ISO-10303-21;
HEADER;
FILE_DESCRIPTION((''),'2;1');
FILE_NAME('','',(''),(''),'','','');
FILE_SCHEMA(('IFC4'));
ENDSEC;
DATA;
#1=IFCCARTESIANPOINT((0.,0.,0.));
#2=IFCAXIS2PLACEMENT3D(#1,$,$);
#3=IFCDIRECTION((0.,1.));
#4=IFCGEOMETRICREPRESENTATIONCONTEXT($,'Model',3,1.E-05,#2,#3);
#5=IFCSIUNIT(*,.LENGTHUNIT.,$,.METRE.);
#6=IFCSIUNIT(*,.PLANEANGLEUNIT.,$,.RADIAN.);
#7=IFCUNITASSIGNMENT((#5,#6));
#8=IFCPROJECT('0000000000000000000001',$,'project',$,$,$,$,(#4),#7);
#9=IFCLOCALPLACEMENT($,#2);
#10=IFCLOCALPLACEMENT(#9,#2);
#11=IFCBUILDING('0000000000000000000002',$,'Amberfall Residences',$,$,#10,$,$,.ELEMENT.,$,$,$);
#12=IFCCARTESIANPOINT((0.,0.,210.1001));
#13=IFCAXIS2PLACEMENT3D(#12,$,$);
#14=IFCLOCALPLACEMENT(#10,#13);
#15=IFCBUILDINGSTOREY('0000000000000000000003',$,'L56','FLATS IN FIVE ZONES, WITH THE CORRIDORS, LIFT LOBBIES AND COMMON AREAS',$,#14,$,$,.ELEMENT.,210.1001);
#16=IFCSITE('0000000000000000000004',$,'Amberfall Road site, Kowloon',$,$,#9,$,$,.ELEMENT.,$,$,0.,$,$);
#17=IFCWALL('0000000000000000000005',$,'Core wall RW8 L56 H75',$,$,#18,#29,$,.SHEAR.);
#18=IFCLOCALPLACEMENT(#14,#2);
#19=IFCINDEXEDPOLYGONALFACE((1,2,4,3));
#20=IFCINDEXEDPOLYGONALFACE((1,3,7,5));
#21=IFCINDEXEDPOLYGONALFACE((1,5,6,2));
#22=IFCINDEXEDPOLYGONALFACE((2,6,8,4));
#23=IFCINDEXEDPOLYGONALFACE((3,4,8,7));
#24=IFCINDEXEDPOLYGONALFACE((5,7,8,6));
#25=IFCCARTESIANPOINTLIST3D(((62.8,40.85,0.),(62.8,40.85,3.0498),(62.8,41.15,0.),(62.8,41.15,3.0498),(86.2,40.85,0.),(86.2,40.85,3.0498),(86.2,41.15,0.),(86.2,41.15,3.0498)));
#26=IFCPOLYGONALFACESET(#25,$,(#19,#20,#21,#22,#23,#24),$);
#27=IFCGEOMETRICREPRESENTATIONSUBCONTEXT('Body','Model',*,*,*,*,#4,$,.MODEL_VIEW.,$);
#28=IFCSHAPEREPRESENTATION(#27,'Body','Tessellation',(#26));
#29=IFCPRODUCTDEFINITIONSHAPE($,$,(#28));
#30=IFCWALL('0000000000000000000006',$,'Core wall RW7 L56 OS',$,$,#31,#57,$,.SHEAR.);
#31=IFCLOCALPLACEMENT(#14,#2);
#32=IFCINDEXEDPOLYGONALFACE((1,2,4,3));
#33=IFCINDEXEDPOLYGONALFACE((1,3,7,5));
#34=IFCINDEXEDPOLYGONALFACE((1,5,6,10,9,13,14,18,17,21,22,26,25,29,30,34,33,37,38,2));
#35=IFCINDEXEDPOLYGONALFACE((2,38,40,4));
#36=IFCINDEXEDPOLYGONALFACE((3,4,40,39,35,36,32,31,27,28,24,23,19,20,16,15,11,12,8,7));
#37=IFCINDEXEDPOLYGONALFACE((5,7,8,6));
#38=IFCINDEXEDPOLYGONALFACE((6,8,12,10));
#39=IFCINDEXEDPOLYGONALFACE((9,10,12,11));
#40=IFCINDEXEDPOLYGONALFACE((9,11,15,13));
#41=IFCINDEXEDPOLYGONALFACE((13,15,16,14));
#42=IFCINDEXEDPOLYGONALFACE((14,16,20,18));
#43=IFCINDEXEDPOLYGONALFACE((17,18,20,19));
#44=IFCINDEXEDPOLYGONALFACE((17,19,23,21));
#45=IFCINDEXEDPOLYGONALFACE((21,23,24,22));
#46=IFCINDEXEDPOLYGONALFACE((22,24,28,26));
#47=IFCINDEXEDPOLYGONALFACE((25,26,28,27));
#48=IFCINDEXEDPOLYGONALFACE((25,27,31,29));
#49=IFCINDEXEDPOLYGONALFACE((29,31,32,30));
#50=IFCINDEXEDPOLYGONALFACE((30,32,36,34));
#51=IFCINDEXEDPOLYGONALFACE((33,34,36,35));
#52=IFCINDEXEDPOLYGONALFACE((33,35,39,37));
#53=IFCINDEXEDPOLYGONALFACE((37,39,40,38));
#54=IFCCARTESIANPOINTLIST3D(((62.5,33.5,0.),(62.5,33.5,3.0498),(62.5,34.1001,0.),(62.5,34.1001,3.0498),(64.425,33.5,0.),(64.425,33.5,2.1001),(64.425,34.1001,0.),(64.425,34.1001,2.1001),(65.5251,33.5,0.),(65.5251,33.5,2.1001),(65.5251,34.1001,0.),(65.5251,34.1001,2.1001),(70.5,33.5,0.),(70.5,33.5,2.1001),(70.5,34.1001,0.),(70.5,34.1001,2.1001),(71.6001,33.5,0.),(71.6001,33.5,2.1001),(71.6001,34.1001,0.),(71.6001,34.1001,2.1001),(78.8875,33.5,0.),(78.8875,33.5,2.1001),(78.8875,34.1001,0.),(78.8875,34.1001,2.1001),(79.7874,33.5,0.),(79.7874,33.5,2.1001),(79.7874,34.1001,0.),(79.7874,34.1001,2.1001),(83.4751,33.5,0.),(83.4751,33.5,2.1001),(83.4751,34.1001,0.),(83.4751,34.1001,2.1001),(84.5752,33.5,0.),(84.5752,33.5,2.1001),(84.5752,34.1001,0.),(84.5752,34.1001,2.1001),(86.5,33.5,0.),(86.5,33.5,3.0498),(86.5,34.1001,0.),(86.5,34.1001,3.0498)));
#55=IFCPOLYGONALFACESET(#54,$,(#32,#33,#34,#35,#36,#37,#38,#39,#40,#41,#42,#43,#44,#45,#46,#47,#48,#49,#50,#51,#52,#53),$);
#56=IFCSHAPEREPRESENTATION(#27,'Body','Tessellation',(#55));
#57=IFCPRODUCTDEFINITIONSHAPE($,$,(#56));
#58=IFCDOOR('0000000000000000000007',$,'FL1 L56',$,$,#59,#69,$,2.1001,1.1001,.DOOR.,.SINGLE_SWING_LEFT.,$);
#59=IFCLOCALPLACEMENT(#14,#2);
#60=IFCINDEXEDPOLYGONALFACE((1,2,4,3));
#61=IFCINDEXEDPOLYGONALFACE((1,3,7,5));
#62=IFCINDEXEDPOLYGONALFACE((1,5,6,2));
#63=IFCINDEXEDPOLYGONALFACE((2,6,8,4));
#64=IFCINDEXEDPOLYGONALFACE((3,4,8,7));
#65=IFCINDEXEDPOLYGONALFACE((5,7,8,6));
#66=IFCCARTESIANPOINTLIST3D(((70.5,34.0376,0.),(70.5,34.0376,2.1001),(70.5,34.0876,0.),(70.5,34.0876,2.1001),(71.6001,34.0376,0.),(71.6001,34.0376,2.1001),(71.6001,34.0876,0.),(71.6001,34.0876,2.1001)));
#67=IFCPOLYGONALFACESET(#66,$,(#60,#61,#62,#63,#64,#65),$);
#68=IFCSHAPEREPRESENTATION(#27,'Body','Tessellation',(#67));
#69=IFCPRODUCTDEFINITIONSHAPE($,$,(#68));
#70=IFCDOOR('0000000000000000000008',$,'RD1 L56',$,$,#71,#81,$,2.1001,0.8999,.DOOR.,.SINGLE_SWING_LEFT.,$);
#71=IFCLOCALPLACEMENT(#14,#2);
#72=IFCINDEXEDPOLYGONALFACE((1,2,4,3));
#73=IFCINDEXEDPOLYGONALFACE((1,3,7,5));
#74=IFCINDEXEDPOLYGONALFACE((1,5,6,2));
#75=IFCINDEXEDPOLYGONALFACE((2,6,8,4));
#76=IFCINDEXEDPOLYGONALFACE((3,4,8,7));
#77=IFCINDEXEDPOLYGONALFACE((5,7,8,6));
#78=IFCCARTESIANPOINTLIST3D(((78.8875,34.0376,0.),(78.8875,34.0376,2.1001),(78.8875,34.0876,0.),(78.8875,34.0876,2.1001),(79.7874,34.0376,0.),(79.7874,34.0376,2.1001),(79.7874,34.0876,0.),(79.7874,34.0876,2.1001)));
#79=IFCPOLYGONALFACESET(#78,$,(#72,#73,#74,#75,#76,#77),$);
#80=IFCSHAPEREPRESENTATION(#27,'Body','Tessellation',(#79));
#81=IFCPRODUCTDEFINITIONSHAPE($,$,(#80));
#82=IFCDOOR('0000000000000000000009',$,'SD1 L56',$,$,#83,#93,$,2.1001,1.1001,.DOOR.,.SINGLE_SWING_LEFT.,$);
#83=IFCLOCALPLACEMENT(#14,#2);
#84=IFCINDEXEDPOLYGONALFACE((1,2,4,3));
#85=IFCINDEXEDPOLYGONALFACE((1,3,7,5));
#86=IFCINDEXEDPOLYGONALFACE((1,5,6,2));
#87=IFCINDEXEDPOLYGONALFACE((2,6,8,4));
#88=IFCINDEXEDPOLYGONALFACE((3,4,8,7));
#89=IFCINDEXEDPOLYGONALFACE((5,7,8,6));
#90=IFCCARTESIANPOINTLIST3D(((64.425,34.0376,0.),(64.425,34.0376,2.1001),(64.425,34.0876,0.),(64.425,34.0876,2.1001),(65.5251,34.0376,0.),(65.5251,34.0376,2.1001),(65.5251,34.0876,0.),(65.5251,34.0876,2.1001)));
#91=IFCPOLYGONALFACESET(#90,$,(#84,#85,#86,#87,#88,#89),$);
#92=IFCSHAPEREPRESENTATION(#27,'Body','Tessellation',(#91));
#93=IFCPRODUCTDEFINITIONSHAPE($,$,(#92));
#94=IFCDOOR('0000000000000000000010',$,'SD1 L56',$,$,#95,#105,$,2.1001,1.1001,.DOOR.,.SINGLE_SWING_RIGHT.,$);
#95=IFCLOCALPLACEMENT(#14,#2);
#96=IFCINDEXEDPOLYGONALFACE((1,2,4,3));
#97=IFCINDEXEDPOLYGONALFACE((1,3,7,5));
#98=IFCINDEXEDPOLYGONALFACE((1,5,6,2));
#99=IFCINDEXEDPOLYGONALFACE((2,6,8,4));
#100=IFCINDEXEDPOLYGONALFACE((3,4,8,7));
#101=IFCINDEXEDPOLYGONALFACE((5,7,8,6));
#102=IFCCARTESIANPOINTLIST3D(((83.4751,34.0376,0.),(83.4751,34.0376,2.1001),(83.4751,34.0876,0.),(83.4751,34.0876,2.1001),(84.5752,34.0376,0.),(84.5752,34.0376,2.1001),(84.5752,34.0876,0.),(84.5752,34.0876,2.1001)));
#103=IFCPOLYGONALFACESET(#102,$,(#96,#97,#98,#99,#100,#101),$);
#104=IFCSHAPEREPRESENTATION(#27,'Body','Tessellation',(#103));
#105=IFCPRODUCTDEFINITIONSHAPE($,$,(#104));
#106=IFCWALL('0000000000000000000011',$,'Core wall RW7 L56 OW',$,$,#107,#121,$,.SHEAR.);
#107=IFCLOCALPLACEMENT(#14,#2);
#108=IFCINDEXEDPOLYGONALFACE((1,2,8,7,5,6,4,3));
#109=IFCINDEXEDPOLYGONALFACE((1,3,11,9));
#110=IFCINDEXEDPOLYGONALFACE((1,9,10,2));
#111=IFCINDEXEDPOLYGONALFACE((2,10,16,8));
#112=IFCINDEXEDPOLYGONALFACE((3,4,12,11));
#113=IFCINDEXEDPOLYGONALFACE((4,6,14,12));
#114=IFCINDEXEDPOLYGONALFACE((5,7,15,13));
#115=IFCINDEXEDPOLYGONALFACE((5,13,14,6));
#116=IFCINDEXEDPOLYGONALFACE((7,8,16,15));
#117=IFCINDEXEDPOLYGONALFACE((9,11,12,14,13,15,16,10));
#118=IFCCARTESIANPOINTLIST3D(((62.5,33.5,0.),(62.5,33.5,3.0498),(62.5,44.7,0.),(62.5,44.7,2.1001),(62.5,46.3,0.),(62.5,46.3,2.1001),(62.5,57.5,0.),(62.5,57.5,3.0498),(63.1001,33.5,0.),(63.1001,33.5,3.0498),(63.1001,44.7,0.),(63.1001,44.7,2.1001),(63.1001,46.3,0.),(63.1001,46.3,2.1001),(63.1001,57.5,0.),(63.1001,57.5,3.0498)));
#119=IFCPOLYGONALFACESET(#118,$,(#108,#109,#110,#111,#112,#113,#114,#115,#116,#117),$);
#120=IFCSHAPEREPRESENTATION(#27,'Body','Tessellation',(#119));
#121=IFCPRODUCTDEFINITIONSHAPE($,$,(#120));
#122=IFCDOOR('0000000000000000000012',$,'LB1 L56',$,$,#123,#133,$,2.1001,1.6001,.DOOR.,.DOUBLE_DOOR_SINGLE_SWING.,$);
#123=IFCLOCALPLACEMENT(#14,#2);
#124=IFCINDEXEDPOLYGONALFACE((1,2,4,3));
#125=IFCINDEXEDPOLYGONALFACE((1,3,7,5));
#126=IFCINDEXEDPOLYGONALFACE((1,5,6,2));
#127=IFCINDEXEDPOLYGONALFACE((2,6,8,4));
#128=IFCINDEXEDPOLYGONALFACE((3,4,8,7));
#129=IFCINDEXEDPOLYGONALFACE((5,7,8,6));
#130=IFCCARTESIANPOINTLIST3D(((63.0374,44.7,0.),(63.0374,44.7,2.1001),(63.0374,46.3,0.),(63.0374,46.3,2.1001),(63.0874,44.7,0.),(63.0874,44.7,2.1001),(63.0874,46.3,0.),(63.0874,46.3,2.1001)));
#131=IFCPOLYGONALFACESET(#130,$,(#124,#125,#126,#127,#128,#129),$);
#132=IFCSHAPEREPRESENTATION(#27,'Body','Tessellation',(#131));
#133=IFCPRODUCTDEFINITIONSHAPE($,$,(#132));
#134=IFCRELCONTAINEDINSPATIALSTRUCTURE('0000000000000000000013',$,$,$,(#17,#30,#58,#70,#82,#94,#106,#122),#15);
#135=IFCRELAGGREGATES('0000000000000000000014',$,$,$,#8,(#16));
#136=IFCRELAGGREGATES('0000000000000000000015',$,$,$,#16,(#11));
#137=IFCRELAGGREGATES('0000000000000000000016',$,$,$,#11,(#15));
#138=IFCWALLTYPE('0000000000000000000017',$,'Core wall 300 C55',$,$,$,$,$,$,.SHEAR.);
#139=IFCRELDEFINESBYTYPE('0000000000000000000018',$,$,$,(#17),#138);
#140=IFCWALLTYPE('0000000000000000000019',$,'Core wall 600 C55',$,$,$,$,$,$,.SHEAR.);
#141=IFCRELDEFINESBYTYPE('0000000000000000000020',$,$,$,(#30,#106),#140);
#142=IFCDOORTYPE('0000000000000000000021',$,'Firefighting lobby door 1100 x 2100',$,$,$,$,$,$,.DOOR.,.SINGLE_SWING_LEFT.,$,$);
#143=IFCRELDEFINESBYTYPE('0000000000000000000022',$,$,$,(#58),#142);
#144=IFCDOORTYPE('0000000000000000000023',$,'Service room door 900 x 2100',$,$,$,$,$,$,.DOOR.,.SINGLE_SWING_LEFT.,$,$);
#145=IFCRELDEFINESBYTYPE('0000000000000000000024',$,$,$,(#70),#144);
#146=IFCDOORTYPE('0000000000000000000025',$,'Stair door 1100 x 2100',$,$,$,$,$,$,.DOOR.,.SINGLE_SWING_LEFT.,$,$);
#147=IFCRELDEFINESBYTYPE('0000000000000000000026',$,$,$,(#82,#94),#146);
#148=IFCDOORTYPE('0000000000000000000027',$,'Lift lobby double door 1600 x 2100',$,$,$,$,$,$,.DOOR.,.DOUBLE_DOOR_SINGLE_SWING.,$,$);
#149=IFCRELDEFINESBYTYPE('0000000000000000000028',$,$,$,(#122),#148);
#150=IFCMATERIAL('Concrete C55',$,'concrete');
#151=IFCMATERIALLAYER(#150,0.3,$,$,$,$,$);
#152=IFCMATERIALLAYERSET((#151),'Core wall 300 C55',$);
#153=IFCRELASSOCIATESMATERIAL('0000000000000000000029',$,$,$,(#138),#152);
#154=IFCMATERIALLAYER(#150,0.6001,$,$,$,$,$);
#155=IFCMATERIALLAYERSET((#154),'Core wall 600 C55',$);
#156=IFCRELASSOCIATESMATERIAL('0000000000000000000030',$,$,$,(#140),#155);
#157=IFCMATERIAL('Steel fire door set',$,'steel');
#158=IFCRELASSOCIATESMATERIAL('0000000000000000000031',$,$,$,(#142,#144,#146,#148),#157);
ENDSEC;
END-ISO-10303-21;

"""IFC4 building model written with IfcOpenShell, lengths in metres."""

from ifc_helpers import new_model, si_unit, direction, frame, frame_2d, origin, place, context, subcontext, project, spatial, rectangle, extrude, material, layer, layer_set, type_object, element, fill, save


model = new_model("IFC4")

# Units and contexts
model_context = context("Model", 3, precision=1e-05, world=origin(), true_north=direction((0.0, 1.0)))
body_context = subcontext(model_context, "Body", "Model", "MODEL_VIEW")
ifc_project = project(units=[si_unit("LENGTHUNIT", "METRE"), si_unit("PLANEANGLEUNIT", "RADIAN")], contexts=[model_context])

# Site, building, storey
site_placement = place(None, origin())
site = spatial("IfcSite", under=ifc_project, at=site_placement, Name="Amberfall Road site, Kowloon", CompositionType="ELEMENT", RefElevation=0.0)
building_placement = place(site_placement, origin())
building = spatial("IfcBuilding", under=site, at=building_placement, Name="Amberfall Residences", CompositionType="ELEMENT")
storey_placement = place(building_placement, frame((0.0, 0.0, 210.1001)))
storey = spatial("IfcBuildingStorey", under=building, at=storey_placement, Name="L56", Description="FLATS IN FIVE ZONES, WITH THE CORRIDORS, LIFT LOBBIES AND COMMON AREAS", CompositionType="ELEMENT", Elevation=210.1001)

# Wall
ifc_material_1 = material(Name="Concrete C55", Category="concrete")
ifc_layer_1 = layer(ifc_material_1, 0.3)
ifc_layer_set_1 = layer_set([ifc_layer_1], Name="Core wall 300 C55")
wall_type_1 = type_object("IfcWallType", Name="Core wall 300 C55", PredefinedType="SHEAR", material=ifc_layer_set_1)
wall_1_placement = place(storey_placement, frame((62.8, 41.0, 0.0), z_axis=(0.0, 0.0, 1.0), x_axis=(1.0, 0.0, 0.0)))
element("IfcWall", 1, at=wall_1_placement, inside=storey, type_object=wall_type_1, Name="Core wall RW8 L56 H75", PredefinedType="SHEAR", context=body_context, shape_type="SweptSolid", body=[
    extrude(rectangle(XDim=23.3999, YDim=0.3, at=frame_2d((11.7, 0.0))), origin(), (0.0, 0.0, 1.0), 3.0498),
])

# Wall, openings, doors
ifc_layer_2 = layer(ifc_material_1, 0.6001)
ifc_layer_set_2 = layer_set([ifc_layer_2], Name="Core wall 600 C55")
wall_type_2 = type_object("IfcWallType", Name="Core wall 600 C55", PredefinedType="SHEAR", material=ifc_layer_set_2)
wall_2_placement = place(storey_placement, frame((62.5, 33.8, 0.0), z_axis=(0.0, 0.0, 1.0), x_axis=(1.0, 0.0, 0.0)))
wall_2 = element("IfcWall", 2, at=wall_2_placement, inside=storey, type_object=wall_type_2, Name="Core wall RW7 L56 OS", PredefinedType="SHEAR", context=body_context, shape_type="SweptSolid", body=[
    extrude(rectangle(XDim=24.0, YDim=0.6001, at=frame_2d((12.0, 0.0))), origin(), (0.0, 0.0, 1.0), 3.0498),
])
opening_1_placement = place(wall_2_placement, frame((1.925, 0.0, 0.0)))
opening_1 = element("IfcOpeningElement", 3, at=opening_1_placement, cuts=wall_2, PredefinedType="OPENING", context=body_context, shape_type="SweptSolid", body=[
    extrude(rectangle(XDim=1.1001, YDim=2.1001, at=frame_2d((0.55, 1.05))), frame((0.0, 0.3101, 0.0), z_axis=(0.0, -1.0, 0.0), x_axis=(1.0, 0.0, 0.0)), (0.0, 0.0, 1.0), 0.6201),
])
opening_2_placement = place(wall_2_placement, frame((20.9751, 0.0, 0.0)))
opening_2 = element("IfcOpeningElement", 4, at=opening_2_placement, cuts=wall_2, PredefinedType="OPENING", context=body_context, shape_type="SweptSolid", body=[
    extrude(rectangle(XDim=1.1001, YDim=2.1001, at=frame_2d((0.55, 1.05))), frame((0.0, 0.3101, 0.0), z_axis=(0.0, -1.0, 0.0), x_axis=(1.0, 0.0, 0.0)), (0.0, 0.0, 1.0), 0.6201),
])
opening_3_placement = place(wall_2_placement, frame((8.0, 0.0, 0.0)))
opening_3 = element("IfcOpeningElement", 5, at=opening_3_placement, cuts=wall_2, PredefinedType="OPENING", context=body_context, shape_type="SweptSolid", body=[
    extrude(rectangle(XDim=1.1001, YDim=2.1001, at=frame_2d((0.55, 1.05))), frame((0.0, 0.3101, 0.0), z_axis=(0.0, -1.0, 0.0), x_axis=(1.0, 0.0, 0.0)), (0.0, 0.0, 1.0), 0.6201),
])
opening_4_placement = place(wall_2_placement, frame((16.3875, 0.0, 0.0)))
opening_4 = element("IfcOpeningElement", 6, at=opening_4_placement, cuts=wall_2, PredefinedType="OPENING", context=body_context, shape_type="SweptSolid", body=[
    extrude(rectangle(XDim=0.8999, YDim=2.1001, at=frame_2d((0.45, 1.05))), frame((0.0, 0.3101, 0.0), z_axis=(0.0, -1.0, 0.0), x_axis=(1.0, 0.0, 0.0)), (0.0, 0.0, 1.0), 0.6201),
])
ifc_material_2 = material(Name="Steel fire door set", Category="steel")
door_type_1 = type_object("IfcDoorType", Name="Firefighting lobby door 1100 x 2100", OperationType="SINGLE_SWING_LEFT", PredefinedType="DOOR", material=ifc_material_2)
door_1_placement = place(opening_3_placement, origin())
door_1 = element("IfcDoor", 7, at=door_1_placement, inside=storey, type_object=door_type_1, Name="FL1 L56", OperationType="SINGLE_SWING_LEFT", OverallHeight=2.1001, OverallWidth=1.1001, PredefinedType="DOOR", context=body_context, shape_type="SweptSolid", body=[
    extrude(rectangle(XDim=1.1001, YDim=2.1001, at=frame_2d((0.55, 1.05))), frame((0.0, 0.2876, 0.0), z_axis=(0.0, -1.0, 0.0), x_axis=(1.0, 0.0, 0.0)), (0.0, 0.0, 1.0), 0.05),
])
fill(opening_3, door_1)
door_type_2 = type_object("IfcDoorType", Name="Service room door 900 x 2100", OperationType="SINGLE_SWING_LEFT", PredefinedType="DOOR", material=ifc_material_2)
door_2_placement = place(opening_4_placement, origin())
door_2 = element("IfcDoor", 8, at=door_2_placement, inside=storey, type_object=door_type_2, Name="RD1 L56", OperationType="SINGLE_SWING_LEFT", OverallHeight=2.1001, OverallWidth=0.8999, PredefinedType="DOOR", context=body_context, shape_type="SweptSolid", body=[
    extrude(rectangle(XDim=0.8999, YDim=2.1001, at=frame_2d((0.45, 1.05))), frame((0.0, 0.2876, 0.0), z_axis=(0.0, -1.0, 0.0), x_axis=(1.0, 0.0, 0.0)), (0.0, 0.0, 1.0), 0.05),
])
fill(opening_4, door_2)
door_type_3 = type_object("IfcDoorType", Name="Stair door 1100 x 2100", OperationType="SINGLE_SWING_LEFT", PredefinedType="DOOR", material=ifc_material_2)
door_3_placement = place(opening_1_placement, origin())
door_3 = element("IfcDoor", 9, at=door_3_placement, inside=storey, type_object=door_type_3, Name="SD1 L56", OperationType="SINGLE_SWING_LEFT", OverallHeight=2.1001, OverallWidth=1.1001, PredefinedType="DOOR", context=body_context, shape_type="SweptSolid", body=[
    extrude(rectangle(XDim=1.1001, YDim=2.1001, at=frame_2d((0.55, 1.05))), frame((0.0, 0.2876, 0.0), z_axis=(0.0, -1.0, 0.0), x_axis=(1.0, 0.0, 0.0)), (0.0, 0.0, 1.0), 0.05),
])
fill(opening_1, door_3)
door_4_placement = place(opening_2_placement, origin())
door_4 = element("IfcDoor", 10, at=door_4_placement, inside=storey, type_object=door_type_3, Name="SD1 L56", OperationType="SINGLE_SWING_RIGHT", OverallHeight=2.1001, OverallWidth=1.1001, PredefinedType="DOOR", context=body_context, shape_type="SweptSolid", body=[
    extrude(rectangle(XDim=1.1001, YDim=2.1001, at=frame_2d((0.55, 1.05))), frame((0.0, 0.2876, 0.0), z_axis=(0.0, -1.0, 0.0), x_axis=(1.0, 0.0, 0.0)), (0.0, 0.0, 1.0), 0.05),
])
fill(opening_2, door_4)

# Wall, opening, door
wall_3_placement = place(storey_placement, frame((62.8, 33.5, 0.0), z_axis=(0.0, 0.0, 1.0), x_axis=(0.0, 1.0, 0.0)))
wall_3 = element("IfcWall", 11, at=wall_3_placement, inside=storey, type_object=wall_type_2, Name="Core wall RW7 L56 OW", PredefinedType="SHEAR", context=body_context, shape_type="SweptSolid", body=[
    extrude(rectangle(XDim=24.0, YDim=0.6001, at=frame_2d((12.0, 0.0))), origin(), (0.0, 0.0, 1.0), 3.0498),
])
opening_5_placement = place(wall_3_placement, frame((11.2, 0.0, 0.0)))
opening_5 = element("IfcOpeningElement", 12, at=opening_5_placement, cuts=wall_3, PredefinedType="OPENING", context=body_context, shape_type="SweptSolid", body=[
    extrude(rectangle(XDim=1.6001, YDim=2.1001, at=frame_2d((0.8, 1.05))), frame((0.0, 0.3101, 0.0), z_axis=(0.0, -1.0, 0.0), x_axis=(1.0, 0.0, 0.0)), (0.0, 0.0, 1.0), 0.6201),
])
door_type_4 = type_object("IfcDoorType", Name="Lift lobby double door 1600 x 2100", OperationType="DOUBLE_DOOR_SINGLE_SWING", PredefinedType="DOOR", material=ifc_material_2)
door_5_placement = place(opening_5_placement, origin())
door_5 = element("IfcDoor", 13, at=door_5_placement, inside=storey, type_object=door_type_4, Name="LB1 L56", OperationType="DOUBLE_DOOR_SINGLE_SWING", OverallHeight=2.1001, OverallWidth=1.6001, PredefinedType="DOOR", context=body_context, shape_type="SweptSolid", body=[
    extrude(rectangle(XDim=1.6001, YDim=2.1001, at=frame_2d((0.8, 1.05))), frame((0.0, -0.2373, 0.0), z_axis=(0.0, -1.0, 0.0), x_axis=(1.0, 0.0, 0.0)), (0.0, 0.0, 1.0), 0.05),
])
fill(opening_5, door_5)

save(model, "model.ifc")
